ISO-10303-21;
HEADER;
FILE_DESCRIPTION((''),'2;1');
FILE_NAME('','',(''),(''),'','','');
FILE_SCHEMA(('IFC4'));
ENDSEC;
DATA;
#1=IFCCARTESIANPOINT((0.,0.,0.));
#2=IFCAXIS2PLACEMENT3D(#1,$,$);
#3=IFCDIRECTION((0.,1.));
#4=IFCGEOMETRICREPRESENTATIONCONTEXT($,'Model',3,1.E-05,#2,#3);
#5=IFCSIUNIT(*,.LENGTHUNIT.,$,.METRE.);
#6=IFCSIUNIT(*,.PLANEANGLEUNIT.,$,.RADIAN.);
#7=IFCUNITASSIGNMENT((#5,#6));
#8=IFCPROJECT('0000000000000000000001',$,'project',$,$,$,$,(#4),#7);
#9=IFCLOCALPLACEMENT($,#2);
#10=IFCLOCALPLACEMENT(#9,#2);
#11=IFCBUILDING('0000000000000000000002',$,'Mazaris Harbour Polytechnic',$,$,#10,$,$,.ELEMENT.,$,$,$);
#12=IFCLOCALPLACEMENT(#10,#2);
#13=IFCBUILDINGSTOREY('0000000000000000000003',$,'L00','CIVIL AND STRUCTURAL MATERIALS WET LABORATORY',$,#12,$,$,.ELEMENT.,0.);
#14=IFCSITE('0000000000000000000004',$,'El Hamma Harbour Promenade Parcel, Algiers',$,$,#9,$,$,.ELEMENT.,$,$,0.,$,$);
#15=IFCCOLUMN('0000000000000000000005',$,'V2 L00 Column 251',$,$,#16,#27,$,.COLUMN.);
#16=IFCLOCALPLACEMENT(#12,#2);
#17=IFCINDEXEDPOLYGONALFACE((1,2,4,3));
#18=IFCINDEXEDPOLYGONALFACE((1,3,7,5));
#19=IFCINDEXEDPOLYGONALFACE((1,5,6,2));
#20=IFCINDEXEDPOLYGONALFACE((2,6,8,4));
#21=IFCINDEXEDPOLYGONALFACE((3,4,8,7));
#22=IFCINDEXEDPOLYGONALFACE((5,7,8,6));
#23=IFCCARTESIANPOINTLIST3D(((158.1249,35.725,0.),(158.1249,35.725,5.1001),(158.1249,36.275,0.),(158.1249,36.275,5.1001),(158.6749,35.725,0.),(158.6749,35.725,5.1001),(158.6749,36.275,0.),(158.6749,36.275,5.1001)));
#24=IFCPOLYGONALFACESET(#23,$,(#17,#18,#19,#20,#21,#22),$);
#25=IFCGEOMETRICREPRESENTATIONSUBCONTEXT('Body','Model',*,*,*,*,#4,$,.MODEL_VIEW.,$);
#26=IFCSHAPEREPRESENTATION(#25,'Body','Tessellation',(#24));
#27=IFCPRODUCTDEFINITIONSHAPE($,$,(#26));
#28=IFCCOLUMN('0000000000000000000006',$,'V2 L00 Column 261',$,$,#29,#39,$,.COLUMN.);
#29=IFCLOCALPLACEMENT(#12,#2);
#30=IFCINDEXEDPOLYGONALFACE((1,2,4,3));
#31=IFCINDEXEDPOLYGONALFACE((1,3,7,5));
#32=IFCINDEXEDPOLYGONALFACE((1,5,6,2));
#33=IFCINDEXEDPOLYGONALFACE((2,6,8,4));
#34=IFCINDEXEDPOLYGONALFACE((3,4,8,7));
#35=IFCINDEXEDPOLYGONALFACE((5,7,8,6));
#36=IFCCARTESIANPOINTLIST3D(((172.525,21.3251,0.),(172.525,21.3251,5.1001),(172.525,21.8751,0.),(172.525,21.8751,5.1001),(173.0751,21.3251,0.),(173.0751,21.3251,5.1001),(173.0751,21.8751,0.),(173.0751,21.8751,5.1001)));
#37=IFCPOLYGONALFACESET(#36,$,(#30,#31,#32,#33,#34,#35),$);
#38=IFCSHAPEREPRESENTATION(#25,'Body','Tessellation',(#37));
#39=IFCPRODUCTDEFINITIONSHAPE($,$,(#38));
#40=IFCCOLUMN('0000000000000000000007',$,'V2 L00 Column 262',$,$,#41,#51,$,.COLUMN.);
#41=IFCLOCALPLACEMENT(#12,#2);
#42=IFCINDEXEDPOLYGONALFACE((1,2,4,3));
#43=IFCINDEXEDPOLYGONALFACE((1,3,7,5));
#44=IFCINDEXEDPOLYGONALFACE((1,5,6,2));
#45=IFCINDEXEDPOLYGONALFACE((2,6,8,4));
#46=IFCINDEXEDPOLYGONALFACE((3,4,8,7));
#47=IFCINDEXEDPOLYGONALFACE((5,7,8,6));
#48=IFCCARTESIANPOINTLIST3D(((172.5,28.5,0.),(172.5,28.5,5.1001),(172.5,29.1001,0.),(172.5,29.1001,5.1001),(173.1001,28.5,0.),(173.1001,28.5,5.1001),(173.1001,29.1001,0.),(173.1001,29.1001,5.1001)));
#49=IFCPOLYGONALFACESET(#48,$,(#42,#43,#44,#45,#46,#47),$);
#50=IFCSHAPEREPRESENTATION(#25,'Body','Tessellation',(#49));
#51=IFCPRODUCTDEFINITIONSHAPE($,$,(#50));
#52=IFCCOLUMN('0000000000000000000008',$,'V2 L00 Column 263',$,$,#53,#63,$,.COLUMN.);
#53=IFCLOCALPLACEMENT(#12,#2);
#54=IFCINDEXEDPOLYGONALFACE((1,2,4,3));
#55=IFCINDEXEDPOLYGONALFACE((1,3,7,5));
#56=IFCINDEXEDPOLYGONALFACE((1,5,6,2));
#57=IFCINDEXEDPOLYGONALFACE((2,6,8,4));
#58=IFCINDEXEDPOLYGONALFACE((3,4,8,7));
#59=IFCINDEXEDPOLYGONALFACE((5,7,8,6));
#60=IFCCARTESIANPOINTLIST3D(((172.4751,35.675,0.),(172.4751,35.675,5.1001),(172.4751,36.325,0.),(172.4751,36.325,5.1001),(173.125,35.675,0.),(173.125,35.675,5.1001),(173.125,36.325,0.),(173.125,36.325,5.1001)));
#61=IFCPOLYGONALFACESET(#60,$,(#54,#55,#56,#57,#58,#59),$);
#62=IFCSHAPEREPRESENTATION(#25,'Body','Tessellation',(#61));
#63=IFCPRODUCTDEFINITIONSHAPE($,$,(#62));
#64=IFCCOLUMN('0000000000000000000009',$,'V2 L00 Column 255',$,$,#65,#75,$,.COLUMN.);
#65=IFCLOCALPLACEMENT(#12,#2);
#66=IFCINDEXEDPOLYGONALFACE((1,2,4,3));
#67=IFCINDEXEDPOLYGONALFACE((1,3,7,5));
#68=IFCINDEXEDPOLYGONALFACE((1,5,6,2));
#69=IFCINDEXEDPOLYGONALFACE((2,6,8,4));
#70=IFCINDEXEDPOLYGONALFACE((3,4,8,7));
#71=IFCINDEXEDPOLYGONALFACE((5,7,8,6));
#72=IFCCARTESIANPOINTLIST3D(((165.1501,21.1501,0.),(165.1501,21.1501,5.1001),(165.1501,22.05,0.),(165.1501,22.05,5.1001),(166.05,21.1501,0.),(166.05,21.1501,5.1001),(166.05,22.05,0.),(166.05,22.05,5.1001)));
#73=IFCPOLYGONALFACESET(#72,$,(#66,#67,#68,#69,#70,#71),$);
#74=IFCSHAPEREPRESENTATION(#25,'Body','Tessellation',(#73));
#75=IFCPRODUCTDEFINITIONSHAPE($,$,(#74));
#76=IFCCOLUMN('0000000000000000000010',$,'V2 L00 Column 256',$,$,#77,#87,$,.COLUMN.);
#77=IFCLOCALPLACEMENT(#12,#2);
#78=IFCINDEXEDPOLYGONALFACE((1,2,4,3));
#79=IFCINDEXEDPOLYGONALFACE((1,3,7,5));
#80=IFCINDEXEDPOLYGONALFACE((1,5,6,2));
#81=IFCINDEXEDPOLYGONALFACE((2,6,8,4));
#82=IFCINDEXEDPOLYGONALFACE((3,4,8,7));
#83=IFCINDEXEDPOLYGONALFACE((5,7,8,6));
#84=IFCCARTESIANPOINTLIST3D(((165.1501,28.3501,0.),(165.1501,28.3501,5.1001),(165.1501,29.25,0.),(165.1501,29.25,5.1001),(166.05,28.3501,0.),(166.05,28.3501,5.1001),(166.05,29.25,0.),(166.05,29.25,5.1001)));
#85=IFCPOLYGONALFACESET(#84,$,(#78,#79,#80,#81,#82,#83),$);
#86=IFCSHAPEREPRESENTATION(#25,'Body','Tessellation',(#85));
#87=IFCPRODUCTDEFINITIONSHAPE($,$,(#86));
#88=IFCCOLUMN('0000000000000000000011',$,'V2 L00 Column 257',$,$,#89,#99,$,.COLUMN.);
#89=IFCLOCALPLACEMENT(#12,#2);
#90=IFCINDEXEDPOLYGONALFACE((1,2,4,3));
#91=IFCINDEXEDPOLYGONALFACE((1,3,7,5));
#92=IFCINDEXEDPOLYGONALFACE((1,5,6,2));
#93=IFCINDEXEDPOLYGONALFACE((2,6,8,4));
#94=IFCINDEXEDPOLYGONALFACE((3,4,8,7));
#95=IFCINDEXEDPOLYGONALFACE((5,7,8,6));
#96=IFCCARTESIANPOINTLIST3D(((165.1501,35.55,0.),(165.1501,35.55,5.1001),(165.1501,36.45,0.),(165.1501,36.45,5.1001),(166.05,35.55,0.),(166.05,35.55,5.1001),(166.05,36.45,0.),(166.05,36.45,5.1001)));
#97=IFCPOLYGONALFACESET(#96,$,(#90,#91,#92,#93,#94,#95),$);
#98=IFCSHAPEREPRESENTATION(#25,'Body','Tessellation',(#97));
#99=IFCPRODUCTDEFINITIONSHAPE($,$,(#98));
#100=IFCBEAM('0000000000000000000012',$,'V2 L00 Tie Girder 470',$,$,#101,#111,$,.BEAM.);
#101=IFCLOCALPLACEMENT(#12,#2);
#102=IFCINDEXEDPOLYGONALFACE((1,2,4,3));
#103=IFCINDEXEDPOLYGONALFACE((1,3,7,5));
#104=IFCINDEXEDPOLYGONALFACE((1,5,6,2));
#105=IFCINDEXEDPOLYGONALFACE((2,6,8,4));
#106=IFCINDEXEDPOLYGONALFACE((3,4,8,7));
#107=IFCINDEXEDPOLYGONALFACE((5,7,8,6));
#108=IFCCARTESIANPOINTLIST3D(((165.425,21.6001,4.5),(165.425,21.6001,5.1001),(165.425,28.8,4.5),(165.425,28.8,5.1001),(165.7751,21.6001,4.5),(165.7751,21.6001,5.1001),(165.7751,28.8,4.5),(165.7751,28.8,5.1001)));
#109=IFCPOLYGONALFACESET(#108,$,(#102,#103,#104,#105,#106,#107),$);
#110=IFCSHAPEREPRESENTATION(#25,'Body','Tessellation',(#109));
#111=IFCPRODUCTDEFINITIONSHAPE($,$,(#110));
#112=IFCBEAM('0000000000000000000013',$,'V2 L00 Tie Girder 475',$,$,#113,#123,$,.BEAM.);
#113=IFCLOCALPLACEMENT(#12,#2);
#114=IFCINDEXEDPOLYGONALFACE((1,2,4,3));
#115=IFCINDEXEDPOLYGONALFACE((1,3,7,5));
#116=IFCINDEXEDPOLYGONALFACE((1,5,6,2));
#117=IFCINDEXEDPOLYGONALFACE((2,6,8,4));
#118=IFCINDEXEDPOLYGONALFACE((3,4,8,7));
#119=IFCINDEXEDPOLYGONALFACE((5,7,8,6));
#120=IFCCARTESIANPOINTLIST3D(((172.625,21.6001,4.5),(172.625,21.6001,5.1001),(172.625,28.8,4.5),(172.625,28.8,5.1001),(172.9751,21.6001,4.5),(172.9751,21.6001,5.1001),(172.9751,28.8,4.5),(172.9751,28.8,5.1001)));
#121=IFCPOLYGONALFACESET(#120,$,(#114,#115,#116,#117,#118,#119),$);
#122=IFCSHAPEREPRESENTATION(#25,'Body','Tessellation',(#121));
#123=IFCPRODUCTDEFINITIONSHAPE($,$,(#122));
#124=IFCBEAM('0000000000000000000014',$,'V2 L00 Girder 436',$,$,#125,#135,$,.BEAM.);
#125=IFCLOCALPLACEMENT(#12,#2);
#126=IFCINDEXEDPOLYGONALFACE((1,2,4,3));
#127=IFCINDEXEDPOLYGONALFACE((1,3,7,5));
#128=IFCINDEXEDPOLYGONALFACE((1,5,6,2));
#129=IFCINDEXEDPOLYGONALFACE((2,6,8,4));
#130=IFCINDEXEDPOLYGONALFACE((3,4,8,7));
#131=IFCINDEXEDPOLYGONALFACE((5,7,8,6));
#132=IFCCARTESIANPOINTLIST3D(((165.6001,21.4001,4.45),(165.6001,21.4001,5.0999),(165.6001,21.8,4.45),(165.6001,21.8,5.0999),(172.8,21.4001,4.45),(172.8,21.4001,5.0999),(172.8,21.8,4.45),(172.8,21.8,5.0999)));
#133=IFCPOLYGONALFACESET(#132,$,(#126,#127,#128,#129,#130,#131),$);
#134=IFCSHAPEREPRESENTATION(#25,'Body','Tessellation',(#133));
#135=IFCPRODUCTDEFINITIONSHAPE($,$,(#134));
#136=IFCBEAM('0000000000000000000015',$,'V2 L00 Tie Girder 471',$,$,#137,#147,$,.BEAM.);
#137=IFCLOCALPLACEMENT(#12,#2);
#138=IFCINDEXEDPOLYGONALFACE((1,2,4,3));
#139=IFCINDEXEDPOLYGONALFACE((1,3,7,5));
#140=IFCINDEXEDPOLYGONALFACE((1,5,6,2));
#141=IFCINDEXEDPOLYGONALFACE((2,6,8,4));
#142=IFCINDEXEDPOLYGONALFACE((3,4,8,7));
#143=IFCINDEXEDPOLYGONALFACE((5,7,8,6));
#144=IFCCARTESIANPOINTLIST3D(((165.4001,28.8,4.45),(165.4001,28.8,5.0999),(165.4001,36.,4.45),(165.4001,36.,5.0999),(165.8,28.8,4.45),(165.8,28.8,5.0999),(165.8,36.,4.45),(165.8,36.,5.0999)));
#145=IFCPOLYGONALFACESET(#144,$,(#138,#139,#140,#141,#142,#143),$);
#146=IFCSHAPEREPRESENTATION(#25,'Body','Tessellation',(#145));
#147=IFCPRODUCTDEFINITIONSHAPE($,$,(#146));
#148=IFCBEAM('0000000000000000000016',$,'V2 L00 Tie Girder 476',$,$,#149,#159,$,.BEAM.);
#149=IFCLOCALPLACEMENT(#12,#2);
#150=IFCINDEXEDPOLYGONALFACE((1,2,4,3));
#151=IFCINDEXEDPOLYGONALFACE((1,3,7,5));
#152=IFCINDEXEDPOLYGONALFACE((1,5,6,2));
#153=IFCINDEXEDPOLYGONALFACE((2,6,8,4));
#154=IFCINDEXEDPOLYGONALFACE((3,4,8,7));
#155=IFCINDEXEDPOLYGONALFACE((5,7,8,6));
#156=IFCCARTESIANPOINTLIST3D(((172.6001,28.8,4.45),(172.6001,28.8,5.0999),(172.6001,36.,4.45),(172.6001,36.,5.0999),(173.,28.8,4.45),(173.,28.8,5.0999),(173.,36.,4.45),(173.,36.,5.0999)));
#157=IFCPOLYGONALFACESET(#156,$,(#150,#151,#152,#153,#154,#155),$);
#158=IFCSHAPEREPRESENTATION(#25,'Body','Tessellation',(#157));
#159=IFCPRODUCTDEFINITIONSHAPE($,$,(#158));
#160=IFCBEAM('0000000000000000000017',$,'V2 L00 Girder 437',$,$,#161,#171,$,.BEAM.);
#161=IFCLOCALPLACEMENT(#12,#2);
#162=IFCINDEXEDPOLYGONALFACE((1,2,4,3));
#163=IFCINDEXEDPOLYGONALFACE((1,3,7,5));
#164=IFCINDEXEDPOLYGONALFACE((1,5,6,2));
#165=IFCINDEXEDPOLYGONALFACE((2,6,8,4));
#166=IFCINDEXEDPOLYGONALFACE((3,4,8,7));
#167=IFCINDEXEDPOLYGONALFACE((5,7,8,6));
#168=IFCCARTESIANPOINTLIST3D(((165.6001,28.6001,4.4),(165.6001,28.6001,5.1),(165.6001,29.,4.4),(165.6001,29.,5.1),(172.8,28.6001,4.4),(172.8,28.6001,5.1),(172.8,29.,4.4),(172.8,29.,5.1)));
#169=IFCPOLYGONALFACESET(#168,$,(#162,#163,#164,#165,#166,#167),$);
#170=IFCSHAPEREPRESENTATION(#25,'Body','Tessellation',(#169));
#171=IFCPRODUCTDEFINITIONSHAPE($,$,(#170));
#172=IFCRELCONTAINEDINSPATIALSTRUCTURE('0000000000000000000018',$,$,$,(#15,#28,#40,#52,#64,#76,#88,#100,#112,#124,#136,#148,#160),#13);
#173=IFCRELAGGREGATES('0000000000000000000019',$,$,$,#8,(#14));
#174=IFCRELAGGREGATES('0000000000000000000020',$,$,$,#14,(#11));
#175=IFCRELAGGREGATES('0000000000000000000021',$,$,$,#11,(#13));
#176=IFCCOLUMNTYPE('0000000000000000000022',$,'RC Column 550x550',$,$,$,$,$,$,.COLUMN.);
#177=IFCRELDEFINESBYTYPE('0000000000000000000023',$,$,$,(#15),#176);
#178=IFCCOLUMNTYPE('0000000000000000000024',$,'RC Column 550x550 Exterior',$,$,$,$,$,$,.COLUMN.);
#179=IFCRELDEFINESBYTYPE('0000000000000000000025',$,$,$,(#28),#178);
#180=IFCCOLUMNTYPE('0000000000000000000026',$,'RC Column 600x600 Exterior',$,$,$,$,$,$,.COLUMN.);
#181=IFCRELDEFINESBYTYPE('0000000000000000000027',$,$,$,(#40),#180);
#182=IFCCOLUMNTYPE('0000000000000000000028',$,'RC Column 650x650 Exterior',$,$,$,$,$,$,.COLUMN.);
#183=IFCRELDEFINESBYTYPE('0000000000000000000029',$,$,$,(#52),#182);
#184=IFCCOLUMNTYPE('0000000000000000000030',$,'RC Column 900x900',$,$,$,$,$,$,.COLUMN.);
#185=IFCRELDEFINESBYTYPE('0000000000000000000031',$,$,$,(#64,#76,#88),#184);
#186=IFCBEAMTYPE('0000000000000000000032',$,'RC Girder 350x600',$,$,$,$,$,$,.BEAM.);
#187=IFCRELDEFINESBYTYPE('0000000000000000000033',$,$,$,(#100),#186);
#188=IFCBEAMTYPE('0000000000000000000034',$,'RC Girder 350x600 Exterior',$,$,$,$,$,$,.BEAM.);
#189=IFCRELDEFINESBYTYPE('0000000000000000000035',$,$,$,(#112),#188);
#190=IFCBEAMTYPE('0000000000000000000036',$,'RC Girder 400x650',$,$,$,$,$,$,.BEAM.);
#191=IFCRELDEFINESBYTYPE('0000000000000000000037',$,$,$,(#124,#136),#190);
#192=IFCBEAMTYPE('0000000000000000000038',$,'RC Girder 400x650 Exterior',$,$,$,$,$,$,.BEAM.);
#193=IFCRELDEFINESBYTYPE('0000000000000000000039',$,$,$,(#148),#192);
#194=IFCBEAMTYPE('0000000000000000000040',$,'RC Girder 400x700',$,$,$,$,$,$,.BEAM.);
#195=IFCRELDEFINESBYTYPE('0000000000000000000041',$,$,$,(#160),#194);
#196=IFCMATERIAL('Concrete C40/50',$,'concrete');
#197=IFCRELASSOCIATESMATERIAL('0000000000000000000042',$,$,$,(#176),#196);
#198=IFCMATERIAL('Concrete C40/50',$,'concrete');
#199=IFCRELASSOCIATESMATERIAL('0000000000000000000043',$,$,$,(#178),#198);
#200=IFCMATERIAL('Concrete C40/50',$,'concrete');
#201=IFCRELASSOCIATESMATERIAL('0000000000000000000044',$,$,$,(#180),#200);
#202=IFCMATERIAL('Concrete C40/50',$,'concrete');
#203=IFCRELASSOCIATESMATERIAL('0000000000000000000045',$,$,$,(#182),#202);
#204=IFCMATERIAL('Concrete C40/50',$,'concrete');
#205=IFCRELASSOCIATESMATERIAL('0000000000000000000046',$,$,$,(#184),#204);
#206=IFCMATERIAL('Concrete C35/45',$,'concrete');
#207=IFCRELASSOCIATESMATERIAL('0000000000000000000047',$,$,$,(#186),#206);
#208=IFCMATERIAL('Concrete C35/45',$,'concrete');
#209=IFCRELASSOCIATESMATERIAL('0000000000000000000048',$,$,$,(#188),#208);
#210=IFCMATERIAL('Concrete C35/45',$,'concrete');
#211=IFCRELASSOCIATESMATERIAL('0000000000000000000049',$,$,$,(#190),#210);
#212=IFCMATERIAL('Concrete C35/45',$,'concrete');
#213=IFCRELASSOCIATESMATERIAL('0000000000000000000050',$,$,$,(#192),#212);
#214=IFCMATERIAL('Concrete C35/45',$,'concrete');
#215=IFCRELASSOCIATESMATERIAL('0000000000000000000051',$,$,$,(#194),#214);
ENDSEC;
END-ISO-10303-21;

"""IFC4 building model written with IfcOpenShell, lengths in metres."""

from ifc_helpers import new_model, si_unit, direction, frame, origin, origin_2d, place, context, subcontext, project, spatial, rectangle, extrude, material, material_profile, profile_set, type_object, element, save


model = new_model("IFC4")

# Units and contexts
model_context = context("Model", 3, precision=1e-05, world=origin(), true_north=direction((0.0, 1.0)))
body_context = subcontext(model_context, "Body", "Model", "MODEL_VIEW")
ifc_project = project(units=[si_unit("LENGTHUNIT", "METRE"), si_unit("PLANEANGLEUNIT", "RADIAN")], contexts=[model_context])

# Site, building, storey
site_placement = place(None, origin())
site = spatial("IfcSite", under=ifc_project, at=site_placement, Name="El Hamma Harbour Promenade Parcel, Algiers", CompositionType="ELEMENT", RefElevation=0.0)
building_placement = place(site_placement, origin())
building = spatial("IfcBuilding", under=site, at=building_placement, Name="Mazaris Harbour Polytechnic", CompositionType="ELEMENT")
storey_placement = place(building_placement, origin())
storey = spatial("IfcBuildingStorey", under=building, at=storey_placement, Name="L00", Description="CIVIL AND STRUCTURAL MATERIALS WET LABORATORY", CompositionType="ELEMENT", Elevation=0.0)

# Columns
ifc_material_1 = material(Name="Concrete C40/50", Category="concrete")
ifc_material_profile_1 = material_profile(ifc_material_1, rectangle(XDim=0.55, YDim=0.55, at=origin_2d()), Name="RECT550x550")
ifc_profile_set_1 = profile_set([ifc_material_profile_1], Name="Concrete C40/50")
column_type_1 = type_object("IfcColumnType", Name="RC Column 550x550", PredefinedType="COLUMN", material=ifc_profile_set_1)
column_1_placement = place(storey_placement, frame((158.3999, 36.0, 0.0), z_axis=(0.0, 0.0, 1.0), x_axis=(1.0, 0.0, 0.0)))
element("IfcColumn", 1, at=column_1_placement, inside=storey, type_object=column_type_1, Name="V2 L00 Column 251", PredefinedType="COLUMN", context=body_context, shape_type="SweptSolid", body=[
    extrude(rectangle(XDim=0.55, YDim=0.55, at=origin_2d()), origin(), (0.0, 0.0, 1.0), 5.1001),
])
ifc_material_2 = material(Name="Concrete C40/50", Category="concrete")
ifc_material_profile_2 = material_profile(ifc_material_2, rectangle(XDim=0.55, YDim=0.55, at=origin_2d()), Name="RECT550x550")
ifc_profile_set_2 = profile_set([ifc_material_profile_2], Name="Concrete C40/50")
column_type_2 = type_object("IfcColumnType", Name="RC Column 550x550 Exterior", PredefinedType="COLUMN", material=ifc_profile_set_2)
column_2_placement = place(storey_placement, frame((172.8, 21.6001, 0.0), z_axis=(0.0, 0.0, 1.0), x_axis=(1.0, 0.0, 0.0)))
element("IfcColumn", 2, at=column_2_placement, inside=storey, type_object=column_type_2, Name="V2 L00 Column 261", PredefinedType="COLUMN", context=body_context, shape_type="SweptSolid", body=[
    extrude(rectangle(XDim=0.55, YDim=0.55, at=origin_2d()), origin(), (0.0, 0.0, 1.0), 5.1001),
])
ifc_material_3 = material(Name="Concrete C40/50", Category="concrete")
ifc_material_profile_3 = material_profile(ifc_material_3, rectangle(XDim=0.6001, YDim=0.6001, at=origin_2d()), Name="RECT600x600")
ifc_profile_set_3 = profile_set([ifc_material_profile_3], Name="Concrete C40/50")
column_type_3 = type_object("IfcColumnType", Name="RC Column 600x600 Exterior", PredefinedType="COLUMN", material=ifc_profile_set_3)
column_3_placement = place(storey_placement, frame((172.8, 28.8, 0.0), z_axis=(0.0, 0.0, 1.0), x_axis=(1.0, 0.0, 0.0)))
element("IfcColumn", 3, at=column_3_placement, inside=storey, type_object=column_type_3, Name="V2 L00 Column 262", PredefinedType="COLUMN", context=body_context, shape_type="SweptSolid", body=[
    extrude(rectangle(XDim=0.6001, YDim=0.6001, at=origin_2d()), origin(), (0.0, 0.0, 1.0), 5.1001),
])
ifc_material_4 = material(Name="Concrete C40/50", Category="concrete")
ifc_material_profile_4 = material_profile(ifc_material_4, rectangle(XDim=0.6499, YDim=0.6499, at=origin_2d()), Name="RECT650x650")
ifc_profile_set_4 = profile_set([ifc_material_profile_4], Name="Concrete C40/50")
column_type_4 = type_object("IfcColumnType", Name="RC Column 650x650 Exterior", PredefinedType="COLUMN", material=ifc_profile_set_4)
column_4_placement = place(storey_placement, frame((172.8, 36.0, 0.0), z_axis=(0.0, 0.0, 1.0), x_axis=(1.0, 0.0, 0.0)))
element("IfcColumn", 4, at=column_4_placement, inside=storey, type_object=column_type_4, Name="V2 L00 Column 263", PredefinedType="COLUMN", context=body_context, shape_type="SweptSolid", body=[
    extrude(rectangle(XDim=0.6499, YDim=0.6499, at=origin_2d()), origin(), (0.0, 0.0, 1.0), 5.1001),
])
ifc_material_5 = material(Name="Concrete C40/50", Category="concrete")
ifc_material_profile_5 = material_profile(ifc_material_5, rectangle(XDim=0.8999, YDim=0.8999, at=origin_2d()), Name="RECT900x900")
ifc_profile_set_5 = profile_set([ifc_material_profile_5], Name="Concrete C40/50")
column_type_5 = type_object("IfcColumnType", Name="RC Column 900x900", PredefinedType="COLUMN", material=ifc_profile_set_5)
for number, where, z_axis, x_axis, name in (
    (5, (165.6001, 21.6001, 0.0), (0.0, 0.0, 1.0), (1.0, 0.0, 0.0), "V2 L00 Column 255"),
    (6, (165.6001, 28.8, 0.0), (0.0, 0.0, 1.0), (1.0, 0.0, 0.0), "V2 L00 Column 256"),
    (7, (165.6001, 36.0, 0.0), (0.0, 0.0, 1.0), (1.0, 0.0, 0.0), "V2 L00 Column 257"),
):
    element("IfcColumn", number, at=place(storey_placement, frame(where, z_axis=z_axis, x_axis=x_axis)), inside=storey, type_object=column_type_5, Name=name, PredefinedType="COLUMN", context=body_context, shape_type="SweptSolid", body=[
        extrude(rectangle(XDim=0.8999, YDim=0.8999, at=origin_2d()), origin(), (0.0, 0.0, 1.0), 5.1001),
    ])

# Beams
ifc_material_6 = material(Name="Concrete C35/45", Category="concrete")
ifc_material_profile_6 = material_profile(ifc_material_6, rectangle(XDim=0.3501, YDim=0.6001, at=origin_2d()), Name="RECT350x600")
ifc_profile_set_6 = profile_set([ifc_material_profile_6], Name="Concrete C35/45")
beam_type_1 = type_object("IfcBeamType", Name="RC Girder 350x600", PredefinedType="BEAM", material=ifc_profile_set_6)
beam_1_placement = place(storey_placement, frame((165.6001, 21.6001, 4.8), z_axis=(0.0, 1.0, 0.0), x_axis=(-1.0, 0.0, 0.0)))
element("IfcBeam", 8, at=beam_1_placement, inside=storey, type_object=beam_type_1, Name="V2 L00 Tie Girder 470", PredefinedType="BEAM", context=body_context, shape_type="SweptSolid", body=[
    extrude(rectangle(XDim=0.3501, YDim=0.6001, at=origin_2d()), origin(), (0.0, 0.0, 1.0), 7.2),
])
ifc_material_7 = material(Name="Concrete C35/45", Category="concrete")
ifc_material_profile_7 = material_profile(ifc_material_7, rectangle(XDim=0.3501, YDim=0.6001, at=origin_2d()), Name="RECT350x600")
ifc_profile_set_7 = profile_set([ifc_material_profile_7], Name="Concrete C35/45")
beam_type_2 = type_object("IfcBeamType", Name="RC Girder 350x600 Exterior", PredefinedType="BEAM", material=ifc_profile_set_7)
beam_2_placement = place(storey_placement, frame((172.8, 21.6001, 4.8), z_axis=(0.0, 1.0, 0.0), x_axis=(-1.0, 0.0, 0.0)))
element("IfcBeam", 9, at=beam_2_placement, inside=storey, type_object=beam_type_2, Name="V2 L00 Tie Girder 475", PredefinedType="BEAM", context=body_context, shape_type="SweptSolid", body=[
    extrude(rectangle(XDim=0.3501, YDim=0.6001, at=origin_2d()), origin(), (0.0, 0.0, 1.0), 7.2),
])
ifc_material_8 = material(Name="Concrete C35/45", Category="concrete")
ifc_material_profile_8 = material_profile(ifc_material_8, rectangle(XDim=0.3999, YDim=0.6499, at=origin_2d()), Name="RECT400x650")
ifc_profile_set_8 = profile_set([ifc_material_profile_8], Name="Concrete C35/45")
beam_type_3 = type_object("IfcBeamType", Name="RC Girder 400x650", PredefinedType="BEAM", material=ifc_profile_set_8)
for number, where, z_axis, x_axis, name in (
    (10, (165.6001, 21.6001, 4.7749), (1.0, 0.0, 0.0), (0.0, 1.0, 0.0), "V2 L00 Girder 436"),
    (11, (165.6001, 28.8, 4.7749), (0.0, 1.0, 0.0), (-1.0, 0.0, 0.0), "V2 L00 Tie Girder 471"),
):
    element("IfcBeam", number, at=place(storey_placement, frame(where, z_axis=z_axis, x_axis=x_axis)), inside=storey, type_object=beam_type_3, Name=name, PredefinedType="BEAM", context=body_context, shape_type="SweptSolid", body=[
        extrude(rectangle(XDim=0.3999, YDim=0.6499, at=origin_2d()), origin(), (0.0, 0.0, 1.0), 7.2),
    ])
ifc_material_9 = material(Name="Concrete C35/45", Category="concrete")
ifc_material_profile_9 = material_profile(ifc_material_9, rectangle(XDim=0.3999, YDim=0.6499, at=origin_2d()), Name="RECT400x650")
ifc_profile_set_9 = profile_set([ifc_material_profile_9], Name="Concrete C35/45")
beam_type_4 = type_object("IfcBeamType", Name="RC Girder 400x650 Exterior", PredefinedType="BEAM", material=ifc_profile_set_9)
beam_3_placement = place(storey_placement, frame((172.8, 28.8, 4.7749), z_axis=(0.0, 1.0, 0.0), x_axis=(-1.0, 0.0, 0.0)))
element("IfcBeam", 12, at=beam_3_placement, inside=storey, type_object=beam_type_4, Name="V2 L00 Tie Girder 476", PredefinedType="BEAM", context=body_context, shape_type="SweptSolid", body=[
    extrude(rectangle(XDim=0.3999, YDim=0.6499, at=origin_2d()), origin(), (0.0, 0.0, 1.0), 7.2),
])
ifc_material_10 = material(Name="Concrete C35/45", Category="concrete")
ifc_material_profile_10 = material_profile(ifc_material_10, rectangle(XDim=0.3999, YDim=0.7, at=origin_2d()), Name="RECT400x700")
ifc_profile_set_10 = profile_set([ifc_material_profile_10], Name="Concrete C35/45")
beam_type_5 = type_object("IfcBeamType", Name="RC Girder 400x700", PredefinedType="BEAM", material=ifc_profile_set_10)
for number, where, z_axis, x_axis, name in (
    (13, (165.6001, 28.8, 4.75), (1.0, 0.0, 0.0), (0.0, 1.0, 0.0), "V2 L00 Girder 437"),
):
    element("IfcBeam", number, at=place(storey_placement, frame(where, z_axis=z_axis, x_axis=x_axis)), inside=storey, type_object=beam_type_5, Name=name, PredefinedType="BEAM", context=body_context, shape_type="SweptSolid", body=[
        extrude(rectangle(XDim=0.3999, YDim=0.7, at=origin_2d()), origin(), (0.0, 0.0, 1.0), 7.2),
    ])

save(model, "model.ifc")
